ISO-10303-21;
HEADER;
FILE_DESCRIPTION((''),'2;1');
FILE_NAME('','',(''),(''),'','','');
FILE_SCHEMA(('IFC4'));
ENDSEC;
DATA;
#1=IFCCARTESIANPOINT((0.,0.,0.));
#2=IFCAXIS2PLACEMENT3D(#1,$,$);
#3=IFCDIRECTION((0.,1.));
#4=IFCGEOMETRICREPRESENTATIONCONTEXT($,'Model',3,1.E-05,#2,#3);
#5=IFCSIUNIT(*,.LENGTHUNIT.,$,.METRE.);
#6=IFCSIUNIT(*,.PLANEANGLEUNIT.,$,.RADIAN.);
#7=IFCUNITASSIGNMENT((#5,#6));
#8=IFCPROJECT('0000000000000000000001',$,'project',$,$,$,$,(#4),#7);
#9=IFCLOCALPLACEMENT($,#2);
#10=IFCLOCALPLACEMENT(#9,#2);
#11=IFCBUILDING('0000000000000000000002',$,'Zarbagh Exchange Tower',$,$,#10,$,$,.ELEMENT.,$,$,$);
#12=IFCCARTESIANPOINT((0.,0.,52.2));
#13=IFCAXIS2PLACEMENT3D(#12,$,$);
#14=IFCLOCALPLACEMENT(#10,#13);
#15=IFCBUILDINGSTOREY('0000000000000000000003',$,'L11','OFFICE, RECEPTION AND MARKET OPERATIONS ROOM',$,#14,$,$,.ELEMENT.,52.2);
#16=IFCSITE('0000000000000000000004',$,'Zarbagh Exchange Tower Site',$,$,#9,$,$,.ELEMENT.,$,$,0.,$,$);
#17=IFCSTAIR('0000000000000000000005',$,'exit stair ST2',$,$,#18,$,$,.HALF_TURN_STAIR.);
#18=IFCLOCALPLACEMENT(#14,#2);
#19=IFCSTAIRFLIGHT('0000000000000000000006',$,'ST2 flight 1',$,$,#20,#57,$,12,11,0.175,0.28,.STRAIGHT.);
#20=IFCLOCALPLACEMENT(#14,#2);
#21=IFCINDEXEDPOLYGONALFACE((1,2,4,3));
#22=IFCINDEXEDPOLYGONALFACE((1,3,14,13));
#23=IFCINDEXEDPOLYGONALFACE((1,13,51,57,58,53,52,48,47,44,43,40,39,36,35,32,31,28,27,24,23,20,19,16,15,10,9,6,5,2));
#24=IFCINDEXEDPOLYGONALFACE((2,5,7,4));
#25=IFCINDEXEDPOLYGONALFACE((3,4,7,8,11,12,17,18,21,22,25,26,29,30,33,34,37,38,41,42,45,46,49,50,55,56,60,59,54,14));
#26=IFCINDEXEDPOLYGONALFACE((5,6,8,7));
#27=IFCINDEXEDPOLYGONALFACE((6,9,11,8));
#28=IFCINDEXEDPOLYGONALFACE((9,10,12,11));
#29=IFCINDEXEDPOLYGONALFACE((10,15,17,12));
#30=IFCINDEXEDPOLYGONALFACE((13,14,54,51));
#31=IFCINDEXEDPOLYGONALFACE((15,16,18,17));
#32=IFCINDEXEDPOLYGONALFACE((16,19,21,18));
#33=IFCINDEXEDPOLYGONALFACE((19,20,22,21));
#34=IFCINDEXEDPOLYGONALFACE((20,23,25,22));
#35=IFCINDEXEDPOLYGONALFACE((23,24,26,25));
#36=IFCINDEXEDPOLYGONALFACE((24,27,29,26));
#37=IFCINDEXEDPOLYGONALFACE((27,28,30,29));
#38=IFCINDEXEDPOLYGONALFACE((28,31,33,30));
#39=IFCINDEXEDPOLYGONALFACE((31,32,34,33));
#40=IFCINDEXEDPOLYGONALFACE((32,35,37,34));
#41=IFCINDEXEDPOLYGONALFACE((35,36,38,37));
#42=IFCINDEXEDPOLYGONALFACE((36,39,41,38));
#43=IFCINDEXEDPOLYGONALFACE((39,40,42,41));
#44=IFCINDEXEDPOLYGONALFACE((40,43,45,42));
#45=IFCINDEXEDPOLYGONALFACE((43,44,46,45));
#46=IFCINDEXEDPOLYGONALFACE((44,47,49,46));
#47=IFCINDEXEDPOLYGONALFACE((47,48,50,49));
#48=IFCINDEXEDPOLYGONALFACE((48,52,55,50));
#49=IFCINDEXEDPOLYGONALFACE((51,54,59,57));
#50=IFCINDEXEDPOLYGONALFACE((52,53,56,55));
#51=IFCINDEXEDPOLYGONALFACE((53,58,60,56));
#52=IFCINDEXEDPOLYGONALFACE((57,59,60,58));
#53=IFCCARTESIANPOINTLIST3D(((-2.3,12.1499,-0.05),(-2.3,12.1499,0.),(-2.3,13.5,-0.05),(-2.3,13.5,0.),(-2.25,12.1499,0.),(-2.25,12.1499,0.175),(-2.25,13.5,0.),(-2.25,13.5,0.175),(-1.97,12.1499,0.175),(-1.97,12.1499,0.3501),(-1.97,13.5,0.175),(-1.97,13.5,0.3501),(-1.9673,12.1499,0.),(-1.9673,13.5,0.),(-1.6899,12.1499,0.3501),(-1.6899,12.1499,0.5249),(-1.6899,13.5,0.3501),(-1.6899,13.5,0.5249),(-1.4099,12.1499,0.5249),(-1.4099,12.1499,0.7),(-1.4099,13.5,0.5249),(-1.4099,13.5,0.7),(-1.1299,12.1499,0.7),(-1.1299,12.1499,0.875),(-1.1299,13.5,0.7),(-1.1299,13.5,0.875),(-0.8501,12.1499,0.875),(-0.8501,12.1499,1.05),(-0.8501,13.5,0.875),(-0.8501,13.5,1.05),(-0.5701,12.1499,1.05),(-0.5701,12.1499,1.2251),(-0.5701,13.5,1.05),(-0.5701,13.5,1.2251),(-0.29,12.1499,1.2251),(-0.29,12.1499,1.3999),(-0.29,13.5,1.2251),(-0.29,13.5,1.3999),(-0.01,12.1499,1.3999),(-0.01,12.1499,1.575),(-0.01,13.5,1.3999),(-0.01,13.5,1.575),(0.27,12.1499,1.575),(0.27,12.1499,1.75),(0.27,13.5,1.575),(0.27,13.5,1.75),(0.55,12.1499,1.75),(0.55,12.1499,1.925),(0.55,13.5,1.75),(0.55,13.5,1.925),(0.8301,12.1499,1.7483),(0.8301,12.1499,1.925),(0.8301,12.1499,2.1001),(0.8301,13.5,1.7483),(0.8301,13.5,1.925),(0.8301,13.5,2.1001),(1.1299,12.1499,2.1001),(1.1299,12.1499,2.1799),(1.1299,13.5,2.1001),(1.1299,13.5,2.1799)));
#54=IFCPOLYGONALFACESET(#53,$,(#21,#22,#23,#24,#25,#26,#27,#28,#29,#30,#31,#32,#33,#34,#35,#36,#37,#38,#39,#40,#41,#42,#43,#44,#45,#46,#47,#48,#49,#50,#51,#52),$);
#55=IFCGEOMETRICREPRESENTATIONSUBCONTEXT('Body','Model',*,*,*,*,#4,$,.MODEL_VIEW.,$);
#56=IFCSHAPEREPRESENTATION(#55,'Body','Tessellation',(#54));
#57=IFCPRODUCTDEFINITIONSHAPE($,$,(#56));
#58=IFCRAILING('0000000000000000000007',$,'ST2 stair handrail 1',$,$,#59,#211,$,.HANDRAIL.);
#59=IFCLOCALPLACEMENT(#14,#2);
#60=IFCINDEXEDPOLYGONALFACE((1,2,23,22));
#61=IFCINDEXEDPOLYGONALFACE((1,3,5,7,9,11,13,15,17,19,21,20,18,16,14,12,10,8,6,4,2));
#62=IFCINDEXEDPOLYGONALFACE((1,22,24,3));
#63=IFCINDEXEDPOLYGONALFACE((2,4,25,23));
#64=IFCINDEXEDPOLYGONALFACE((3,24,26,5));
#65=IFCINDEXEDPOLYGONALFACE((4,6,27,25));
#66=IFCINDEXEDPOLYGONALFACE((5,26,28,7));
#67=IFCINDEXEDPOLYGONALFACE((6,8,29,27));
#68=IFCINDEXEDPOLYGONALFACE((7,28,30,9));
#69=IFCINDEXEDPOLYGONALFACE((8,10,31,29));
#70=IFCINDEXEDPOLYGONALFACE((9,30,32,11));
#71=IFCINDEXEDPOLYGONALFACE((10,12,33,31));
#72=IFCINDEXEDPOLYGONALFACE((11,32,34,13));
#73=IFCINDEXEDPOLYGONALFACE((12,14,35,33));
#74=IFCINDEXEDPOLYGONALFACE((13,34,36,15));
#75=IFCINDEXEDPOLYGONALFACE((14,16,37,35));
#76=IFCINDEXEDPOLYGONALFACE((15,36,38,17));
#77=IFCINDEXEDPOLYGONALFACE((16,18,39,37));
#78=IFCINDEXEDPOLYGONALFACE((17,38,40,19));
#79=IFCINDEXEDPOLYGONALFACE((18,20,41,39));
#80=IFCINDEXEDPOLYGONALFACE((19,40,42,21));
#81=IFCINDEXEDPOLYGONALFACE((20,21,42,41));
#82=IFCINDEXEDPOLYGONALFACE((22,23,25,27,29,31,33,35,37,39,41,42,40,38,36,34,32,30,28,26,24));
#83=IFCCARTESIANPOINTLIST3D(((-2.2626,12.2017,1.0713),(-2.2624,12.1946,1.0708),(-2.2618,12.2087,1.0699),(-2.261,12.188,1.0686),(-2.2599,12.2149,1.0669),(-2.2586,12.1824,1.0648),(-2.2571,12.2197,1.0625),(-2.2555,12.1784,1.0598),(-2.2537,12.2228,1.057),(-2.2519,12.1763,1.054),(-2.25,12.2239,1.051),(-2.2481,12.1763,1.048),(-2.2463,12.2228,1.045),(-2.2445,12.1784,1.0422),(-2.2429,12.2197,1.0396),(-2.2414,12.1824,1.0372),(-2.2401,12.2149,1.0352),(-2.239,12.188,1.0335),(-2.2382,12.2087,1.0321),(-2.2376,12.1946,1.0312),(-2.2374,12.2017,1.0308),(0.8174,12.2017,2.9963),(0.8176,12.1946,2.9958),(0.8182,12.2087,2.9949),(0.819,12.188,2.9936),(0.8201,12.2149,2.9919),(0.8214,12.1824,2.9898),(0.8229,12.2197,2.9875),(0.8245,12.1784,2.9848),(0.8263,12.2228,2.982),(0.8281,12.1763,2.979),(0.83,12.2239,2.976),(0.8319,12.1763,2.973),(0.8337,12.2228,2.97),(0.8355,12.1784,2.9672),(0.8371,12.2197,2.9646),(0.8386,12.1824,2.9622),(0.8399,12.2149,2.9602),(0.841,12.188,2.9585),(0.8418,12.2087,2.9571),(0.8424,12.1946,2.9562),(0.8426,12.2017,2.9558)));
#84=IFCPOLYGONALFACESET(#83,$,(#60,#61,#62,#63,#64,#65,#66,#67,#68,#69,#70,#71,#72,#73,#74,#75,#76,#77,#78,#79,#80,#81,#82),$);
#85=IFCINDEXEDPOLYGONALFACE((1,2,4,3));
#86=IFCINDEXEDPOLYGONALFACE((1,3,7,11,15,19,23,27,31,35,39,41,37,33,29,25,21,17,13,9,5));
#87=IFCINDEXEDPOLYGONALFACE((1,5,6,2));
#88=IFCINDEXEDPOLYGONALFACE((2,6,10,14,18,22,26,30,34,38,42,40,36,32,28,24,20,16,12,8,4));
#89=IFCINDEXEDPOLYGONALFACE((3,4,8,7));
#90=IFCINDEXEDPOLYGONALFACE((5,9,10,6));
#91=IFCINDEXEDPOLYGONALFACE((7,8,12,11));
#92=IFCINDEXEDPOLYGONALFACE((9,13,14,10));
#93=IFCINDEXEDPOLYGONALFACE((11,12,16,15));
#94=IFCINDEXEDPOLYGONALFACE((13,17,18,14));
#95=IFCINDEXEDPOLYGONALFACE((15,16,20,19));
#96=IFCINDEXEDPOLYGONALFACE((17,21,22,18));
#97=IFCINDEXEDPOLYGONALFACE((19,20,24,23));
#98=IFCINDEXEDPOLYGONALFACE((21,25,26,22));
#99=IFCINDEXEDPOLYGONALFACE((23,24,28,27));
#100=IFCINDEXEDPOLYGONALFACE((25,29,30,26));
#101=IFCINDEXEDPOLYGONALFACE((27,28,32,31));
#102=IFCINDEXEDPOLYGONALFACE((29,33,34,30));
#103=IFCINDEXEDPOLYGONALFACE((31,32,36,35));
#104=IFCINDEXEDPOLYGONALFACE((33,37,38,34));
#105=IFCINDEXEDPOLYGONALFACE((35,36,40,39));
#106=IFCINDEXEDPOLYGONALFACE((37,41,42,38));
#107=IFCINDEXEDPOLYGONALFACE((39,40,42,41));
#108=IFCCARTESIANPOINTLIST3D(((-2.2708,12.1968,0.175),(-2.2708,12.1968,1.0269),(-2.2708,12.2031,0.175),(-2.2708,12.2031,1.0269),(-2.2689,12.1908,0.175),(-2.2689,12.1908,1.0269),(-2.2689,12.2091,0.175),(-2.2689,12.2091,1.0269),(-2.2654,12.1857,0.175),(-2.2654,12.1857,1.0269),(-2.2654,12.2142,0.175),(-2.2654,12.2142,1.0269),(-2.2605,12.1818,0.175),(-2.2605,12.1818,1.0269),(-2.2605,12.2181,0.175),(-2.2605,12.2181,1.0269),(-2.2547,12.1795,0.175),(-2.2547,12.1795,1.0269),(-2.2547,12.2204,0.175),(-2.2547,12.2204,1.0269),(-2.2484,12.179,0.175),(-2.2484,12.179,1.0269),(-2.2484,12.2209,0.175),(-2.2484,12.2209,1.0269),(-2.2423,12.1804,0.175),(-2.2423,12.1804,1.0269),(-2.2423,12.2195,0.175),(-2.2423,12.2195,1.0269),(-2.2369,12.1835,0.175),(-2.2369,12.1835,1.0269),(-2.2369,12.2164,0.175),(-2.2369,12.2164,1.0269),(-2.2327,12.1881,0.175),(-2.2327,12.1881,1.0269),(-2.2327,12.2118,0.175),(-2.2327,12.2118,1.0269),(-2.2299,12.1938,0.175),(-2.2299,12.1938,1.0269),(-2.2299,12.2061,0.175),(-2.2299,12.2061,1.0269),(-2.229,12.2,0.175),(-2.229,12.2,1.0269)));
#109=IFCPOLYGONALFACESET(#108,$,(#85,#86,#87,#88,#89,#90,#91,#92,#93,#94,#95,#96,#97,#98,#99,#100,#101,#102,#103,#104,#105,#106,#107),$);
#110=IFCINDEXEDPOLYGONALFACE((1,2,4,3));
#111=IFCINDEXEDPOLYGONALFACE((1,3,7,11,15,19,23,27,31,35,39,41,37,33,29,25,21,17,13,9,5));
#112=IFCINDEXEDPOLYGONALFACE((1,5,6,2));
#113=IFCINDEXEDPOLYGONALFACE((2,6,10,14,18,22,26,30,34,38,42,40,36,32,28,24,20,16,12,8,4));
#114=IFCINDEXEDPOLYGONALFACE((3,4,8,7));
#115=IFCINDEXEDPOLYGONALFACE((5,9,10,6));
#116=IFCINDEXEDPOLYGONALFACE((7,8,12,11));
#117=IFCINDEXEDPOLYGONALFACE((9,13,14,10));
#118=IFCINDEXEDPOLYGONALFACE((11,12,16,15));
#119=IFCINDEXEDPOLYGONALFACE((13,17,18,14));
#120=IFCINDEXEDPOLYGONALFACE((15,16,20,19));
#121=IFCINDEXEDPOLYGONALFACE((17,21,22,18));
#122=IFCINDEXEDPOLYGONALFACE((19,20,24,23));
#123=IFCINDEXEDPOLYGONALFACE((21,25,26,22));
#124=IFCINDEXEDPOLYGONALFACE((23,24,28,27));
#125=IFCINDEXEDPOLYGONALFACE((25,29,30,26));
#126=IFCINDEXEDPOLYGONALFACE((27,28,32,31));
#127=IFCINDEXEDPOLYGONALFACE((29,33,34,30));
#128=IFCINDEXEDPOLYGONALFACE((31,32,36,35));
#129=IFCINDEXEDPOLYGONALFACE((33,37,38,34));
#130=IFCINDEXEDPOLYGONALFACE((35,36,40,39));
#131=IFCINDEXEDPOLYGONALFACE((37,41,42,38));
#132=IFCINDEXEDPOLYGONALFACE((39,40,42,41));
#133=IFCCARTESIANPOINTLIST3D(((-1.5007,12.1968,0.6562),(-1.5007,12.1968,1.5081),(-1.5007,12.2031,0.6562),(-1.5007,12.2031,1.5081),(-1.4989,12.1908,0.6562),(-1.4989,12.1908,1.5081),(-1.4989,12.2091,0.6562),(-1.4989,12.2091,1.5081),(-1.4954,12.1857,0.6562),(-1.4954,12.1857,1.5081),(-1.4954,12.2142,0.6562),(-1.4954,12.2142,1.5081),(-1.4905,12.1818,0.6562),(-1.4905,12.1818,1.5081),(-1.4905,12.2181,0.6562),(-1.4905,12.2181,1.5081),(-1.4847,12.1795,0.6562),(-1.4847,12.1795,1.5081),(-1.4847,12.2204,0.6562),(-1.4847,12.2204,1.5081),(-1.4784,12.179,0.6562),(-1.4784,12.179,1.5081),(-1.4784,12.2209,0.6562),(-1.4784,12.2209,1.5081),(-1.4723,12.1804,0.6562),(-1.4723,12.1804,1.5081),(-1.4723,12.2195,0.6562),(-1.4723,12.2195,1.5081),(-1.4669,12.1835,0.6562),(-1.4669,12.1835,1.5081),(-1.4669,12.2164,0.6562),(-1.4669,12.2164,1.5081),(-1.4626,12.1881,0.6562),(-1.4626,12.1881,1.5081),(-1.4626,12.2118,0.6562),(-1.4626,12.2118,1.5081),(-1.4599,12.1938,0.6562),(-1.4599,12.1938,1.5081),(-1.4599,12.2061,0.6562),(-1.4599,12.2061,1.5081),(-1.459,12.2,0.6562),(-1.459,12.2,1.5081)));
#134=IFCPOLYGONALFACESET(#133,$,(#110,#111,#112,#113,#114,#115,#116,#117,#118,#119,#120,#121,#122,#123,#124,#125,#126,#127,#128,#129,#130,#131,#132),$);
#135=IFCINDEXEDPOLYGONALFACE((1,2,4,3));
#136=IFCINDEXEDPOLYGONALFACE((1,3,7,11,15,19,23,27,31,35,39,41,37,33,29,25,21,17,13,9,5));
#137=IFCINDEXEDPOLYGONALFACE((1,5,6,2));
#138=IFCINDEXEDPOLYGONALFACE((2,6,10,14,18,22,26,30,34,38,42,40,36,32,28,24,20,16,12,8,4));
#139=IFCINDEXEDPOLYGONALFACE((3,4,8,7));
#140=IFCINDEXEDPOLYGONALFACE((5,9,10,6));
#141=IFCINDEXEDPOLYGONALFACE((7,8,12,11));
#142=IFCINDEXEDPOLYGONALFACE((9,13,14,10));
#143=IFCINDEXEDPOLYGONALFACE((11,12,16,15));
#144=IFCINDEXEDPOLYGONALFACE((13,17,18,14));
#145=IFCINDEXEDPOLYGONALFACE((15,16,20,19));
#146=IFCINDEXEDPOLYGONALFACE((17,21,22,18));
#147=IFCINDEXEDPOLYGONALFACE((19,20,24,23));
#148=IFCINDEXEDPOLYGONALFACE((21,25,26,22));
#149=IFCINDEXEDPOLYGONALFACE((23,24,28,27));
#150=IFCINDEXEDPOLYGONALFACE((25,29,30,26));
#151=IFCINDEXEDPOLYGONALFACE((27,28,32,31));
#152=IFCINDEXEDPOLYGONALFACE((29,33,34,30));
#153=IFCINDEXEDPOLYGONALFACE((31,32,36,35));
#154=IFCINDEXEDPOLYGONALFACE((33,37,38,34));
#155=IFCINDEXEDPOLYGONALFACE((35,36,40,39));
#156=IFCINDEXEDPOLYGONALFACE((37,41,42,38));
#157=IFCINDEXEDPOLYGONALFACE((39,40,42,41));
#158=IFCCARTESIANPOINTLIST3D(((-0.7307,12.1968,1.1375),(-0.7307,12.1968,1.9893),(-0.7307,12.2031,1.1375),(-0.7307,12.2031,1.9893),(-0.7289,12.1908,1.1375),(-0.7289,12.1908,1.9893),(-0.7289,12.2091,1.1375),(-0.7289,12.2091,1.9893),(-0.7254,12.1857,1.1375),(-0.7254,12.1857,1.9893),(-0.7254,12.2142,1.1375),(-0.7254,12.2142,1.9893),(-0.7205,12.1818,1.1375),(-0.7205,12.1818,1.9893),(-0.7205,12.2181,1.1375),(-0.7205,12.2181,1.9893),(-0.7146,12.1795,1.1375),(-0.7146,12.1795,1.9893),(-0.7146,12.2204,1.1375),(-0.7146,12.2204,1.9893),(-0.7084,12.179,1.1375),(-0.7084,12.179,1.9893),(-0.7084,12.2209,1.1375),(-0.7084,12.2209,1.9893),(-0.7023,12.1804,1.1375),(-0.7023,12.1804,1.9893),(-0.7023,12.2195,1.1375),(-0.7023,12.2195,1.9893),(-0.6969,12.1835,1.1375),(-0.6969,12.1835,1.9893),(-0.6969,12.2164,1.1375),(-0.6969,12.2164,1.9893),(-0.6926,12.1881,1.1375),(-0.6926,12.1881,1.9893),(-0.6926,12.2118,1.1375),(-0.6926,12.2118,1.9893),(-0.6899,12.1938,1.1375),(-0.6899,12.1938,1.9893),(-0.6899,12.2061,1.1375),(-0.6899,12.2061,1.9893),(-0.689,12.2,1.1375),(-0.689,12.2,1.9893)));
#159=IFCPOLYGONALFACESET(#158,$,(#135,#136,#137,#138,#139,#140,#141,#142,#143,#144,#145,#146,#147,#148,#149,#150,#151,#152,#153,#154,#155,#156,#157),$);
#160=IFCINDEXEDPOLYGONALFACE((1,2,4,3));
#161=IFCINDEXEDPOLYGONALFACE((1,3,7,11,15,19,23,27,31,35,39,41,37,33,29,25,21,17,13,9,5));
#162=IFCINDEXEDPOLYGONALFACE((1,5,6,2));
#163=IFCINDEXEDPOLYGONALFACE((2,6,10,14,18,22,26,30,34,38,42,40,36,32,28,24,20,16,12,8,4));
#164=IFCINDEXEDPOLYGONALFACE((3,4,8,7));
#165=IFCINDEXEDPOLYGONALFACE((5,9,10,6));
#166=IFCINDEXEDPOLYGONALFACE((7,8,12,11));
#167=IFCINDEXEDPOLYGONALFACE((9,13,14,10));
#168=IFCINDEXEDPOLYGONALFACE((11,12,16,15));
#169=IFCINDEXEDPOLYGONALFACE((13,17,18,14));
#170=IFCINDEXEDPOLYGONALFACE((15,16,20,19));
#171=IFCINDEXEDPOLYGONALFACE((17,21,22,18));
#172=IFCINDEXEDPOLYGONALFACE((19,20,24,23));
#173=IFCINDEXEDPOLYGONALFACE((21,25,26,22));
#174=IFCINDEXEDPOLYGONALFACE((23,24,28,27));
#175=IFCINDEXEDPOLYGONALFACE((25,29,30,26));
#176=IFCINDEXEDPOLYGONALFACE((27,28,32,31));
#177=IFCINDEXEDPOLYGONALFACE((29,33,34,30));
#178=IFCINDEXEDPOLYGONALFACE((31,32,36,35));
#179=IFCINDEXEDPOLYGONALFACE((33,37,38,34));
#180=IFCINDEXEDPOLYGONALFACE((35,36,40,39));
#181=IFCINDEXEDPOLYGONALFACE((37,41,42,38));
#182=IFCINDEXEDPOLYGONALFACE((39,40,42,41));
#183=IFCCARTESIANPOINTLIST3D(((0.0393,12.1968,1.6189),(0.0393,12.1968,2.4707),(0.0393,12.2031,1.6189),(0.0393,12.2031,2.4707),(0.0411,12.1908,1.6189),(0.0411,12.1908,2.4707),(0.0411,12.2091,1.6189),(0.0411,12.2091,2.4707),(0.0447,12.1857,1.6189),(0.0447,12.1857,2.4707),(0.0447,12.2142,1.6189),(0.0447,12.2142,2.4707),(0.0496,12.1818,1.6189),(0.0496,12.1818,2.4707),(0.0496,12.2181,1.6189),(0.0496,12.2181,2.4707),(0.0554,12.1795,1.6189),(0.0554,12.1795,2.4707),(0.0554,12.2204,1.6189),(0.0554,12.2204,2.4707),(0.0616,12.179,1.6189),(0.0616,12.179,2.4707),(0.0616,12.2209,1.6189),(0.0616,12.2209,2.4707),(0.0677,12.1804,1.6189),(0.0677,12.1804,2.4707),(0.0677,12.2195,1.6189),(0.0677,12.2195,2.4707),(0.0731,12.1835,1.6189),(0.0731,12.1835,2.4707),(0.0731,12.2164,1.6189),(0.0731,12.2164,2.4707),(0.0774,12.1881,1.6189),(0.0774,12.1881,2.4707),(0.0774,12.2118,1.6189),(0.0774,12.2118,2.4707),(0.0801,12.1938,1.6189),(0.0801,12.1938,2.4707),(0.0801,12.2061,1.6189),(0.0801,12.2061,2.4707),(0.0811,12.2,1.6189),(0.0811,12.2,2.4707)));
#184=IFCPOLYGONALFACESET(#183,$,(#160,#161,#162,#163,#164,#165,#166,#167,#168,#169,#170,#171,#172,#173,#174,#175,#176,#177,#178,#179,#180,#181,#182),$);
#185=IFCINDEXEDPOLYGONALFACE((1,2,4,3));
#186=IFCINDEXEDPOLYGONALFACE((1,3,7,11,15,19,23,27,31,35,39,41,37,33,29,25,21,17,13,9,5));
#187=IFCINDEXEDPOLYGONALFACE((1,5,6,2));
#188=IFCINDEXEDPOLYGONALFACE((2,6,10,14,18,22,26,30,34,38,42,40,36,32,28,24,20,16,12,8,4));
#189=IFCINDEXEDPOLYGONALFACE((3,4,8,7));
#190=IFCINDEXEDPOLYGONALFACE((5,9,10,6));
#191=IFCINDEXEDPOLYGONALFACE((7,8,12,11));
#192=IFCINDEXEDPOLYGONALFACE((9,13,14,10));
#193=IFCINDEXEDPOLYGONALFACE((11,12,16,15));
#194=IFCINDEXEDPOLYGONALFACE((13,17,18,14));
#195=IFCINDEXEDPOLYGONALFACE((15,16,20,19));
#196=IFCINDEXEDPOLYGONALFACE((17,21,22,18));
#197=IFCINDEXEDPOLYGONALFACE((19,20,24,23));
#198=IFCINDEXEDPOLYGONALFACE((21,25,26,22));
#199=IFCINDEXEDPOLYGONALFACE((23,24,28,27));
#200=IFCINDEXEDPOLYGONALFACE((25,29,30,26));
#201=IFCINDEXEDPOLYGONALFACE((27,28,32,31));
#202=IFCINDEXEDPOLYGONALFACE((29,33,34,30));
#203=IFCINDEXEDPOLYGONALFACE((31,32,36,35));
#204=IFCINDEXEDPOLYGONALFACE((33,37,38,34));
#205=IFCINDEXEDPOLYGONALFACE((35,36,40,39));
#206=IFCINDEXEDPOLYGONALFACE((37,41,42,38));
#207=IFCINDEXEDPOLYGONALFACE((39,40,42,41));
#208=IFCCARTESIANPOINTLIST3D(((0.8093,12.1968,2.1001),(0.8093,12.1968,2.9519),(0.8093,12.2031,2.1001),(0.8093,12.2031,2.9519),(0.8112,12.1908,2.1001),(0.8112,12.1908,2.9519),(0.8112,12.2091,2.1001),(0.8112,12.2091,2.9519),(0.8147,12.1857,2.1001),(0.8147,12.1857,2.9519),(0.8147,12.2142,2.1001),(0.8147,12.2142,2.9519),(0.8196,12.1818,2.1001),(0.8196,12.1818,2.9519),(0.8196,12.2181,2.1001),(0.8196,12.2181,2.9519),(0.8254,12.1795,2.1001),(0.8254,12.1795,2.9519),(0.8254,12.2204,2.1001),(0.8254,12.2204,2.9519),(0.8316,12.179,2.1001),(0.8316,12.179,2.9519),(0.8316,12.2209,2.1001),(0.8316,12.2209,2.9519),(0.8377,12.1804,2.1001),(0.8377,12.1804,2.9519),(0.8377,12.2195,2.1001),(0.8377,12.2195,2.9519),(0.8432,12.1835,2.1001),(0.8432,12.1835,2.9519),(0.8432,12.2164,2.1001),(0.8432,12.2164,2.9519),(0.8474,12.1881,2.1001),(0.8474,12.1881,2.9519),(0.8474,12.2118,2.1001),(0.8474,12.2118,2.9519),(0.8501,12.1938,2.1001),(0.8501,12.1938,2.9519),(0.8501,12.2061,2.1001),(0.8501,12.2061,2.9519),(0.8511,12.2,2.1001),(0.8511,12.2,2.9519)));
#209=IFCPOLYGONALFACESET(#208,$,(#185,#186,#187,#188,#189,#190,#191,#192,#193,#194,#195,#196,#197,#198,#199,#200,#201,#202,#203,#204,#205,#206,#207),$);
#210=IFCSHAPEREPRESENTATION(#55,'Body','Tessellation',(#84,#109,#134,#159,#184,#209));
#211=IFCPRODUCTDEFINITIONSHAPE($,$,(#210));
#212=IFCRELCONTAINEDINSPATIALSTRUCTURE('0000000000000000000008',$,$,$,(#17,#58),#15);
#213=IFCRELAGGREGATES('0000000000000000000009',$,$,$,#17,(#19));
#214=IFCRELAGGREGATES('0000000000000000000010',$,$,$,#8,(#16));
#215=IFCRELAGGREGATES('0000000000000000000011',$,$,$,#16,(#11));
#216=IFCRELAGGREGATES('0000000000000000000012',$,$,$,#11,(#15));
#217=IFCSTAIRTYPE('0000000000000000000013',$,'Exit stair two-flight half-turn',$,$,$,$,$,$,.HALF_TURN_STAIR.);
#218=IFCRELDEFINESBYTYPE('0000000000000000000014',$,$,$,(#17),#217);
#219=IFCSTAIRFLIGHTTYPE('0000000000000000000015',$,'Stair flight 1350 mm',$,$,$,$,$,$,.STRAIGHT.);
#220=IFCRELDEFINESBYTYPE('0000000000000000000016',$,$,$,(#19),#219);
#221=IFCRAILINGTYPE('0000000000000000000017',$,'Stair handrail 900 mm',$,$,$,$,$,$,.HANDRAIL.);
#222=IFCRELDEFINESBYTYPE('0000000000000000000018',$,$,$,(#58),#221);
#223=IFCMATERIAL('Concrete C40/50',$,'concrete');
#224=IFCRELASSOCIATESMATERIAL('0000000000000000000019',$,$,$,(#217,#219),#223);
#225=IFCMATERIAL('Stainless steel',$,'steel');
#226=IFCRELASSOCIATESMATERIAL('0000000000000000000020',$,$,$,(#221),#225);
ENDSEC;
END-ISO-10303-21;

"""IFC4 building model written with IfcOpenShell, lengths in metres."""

from ifc_helpers import new_model, si_unit, direction, frame, origin, origin_2d, place, context, subcontext, project, spatial, polyline, circle, outline, extrude, material, type_object, element, aggregate, save


model = new_model("IFC4")

# Units and contexts
model_context = context("Model", 3, precision=1e-05, world=origin(), true_north=direction((0.0, 1.0)))
body_context = subcontext(model_context, "Body", "Model", "MODEL_VIEW")
ifc_project = project(units=[si_unit("LENGTHUNIT", "METRE"), si_unit("PLANEANGLEUNIT", "RADIAN")], contexts=[model_context])

# Site, building, storey
site_placement = place(None, origin())
site = spatial("IfcSite", under=ifc_project, at=site_placement, Name="Zarbagh Exchange Tower Site", CompositionType="ELEMENT", RefElevation=0.0)
building_placement = place(site_placement, origin())
building = spatial("IfcBuilding", under=site, at=building_placement, Name="Zarbagh Exchange Tower", CompositionType="ELEMENT")
storey_placement = place(building_placement, frame((0.0, 0.0, 52.2)))
storey = spatial("IfcBuildingStorey", under=building, at=storey_placement, Name="L11", Description="OFFICE, RECEPTION AND MARKET OPERATIONS ROOM", CompositionType="ELEMENT", Elevation=52.2)

# Shared definitions
ifc_material_1 = material(Name="Concrete C40/50", Category="concrete")

# Stair, stair flight
stair_type = type_object("IfcStairType", Name="Exit stair two-flight half-turn", PredefinedType="HALF_TURN_STAIR", material=ifc_material_1)
stair_placement = place(storey_placement, origin())
stair = element("IfcStair", 1, at=stair_placement, inside=storey, type_object=stair_type, Name="exit stair ST2", PredefinedType="HALF_TURN_STAIR")
stair_flight_type = type_object("IfcStairFlightType", Name="Stair flight 1350 mm", PredefinedType="STRAIGHT", material=ifc_material_1)
stair_flight_placement = place(storey_placement, frame((-2.25, 12.825, 0.0), z_axis=(0.0, 0.0, 1.0), x_axis=(1.0, 0.0, 0.0)))
stair_flight = element("IfcStairFlight", 2, at=stair_flight_placement, type_object=stair_flight_type, Name="ST2 flight 1", NumberOfRisers=12, NumberOfTreads=11, PredefinedType="STRAIGHT", RiserHeight=0.175, TreadLength=0.28, context=body_context, shape_type="SweptSolid", body=[
    extrude(outline(polyline([(-0.05, -0.05), (-0.05, 0.0), (0.0, 0.0), (0.0, 0.175), (0.28, 0.175), (0.28, 0.3501), (0.5601, 0.3501), (0.5601, 0.5249), (0.8401, 0.5249), (0.8401, 0.7), (1.1201, 0.7), (1.1201, 0.875), (1.3999, 0.875), (1.3999, 1.05), (1.6799, 1.05), (1.6799, 1.2251), (1.96, 1.2251), (1.96, 1.3999), (2.24, 1.3999), (2.24, 1.575), (2.52, 1.575), (2.52, 1.75), (2.8, 1.75), (2.8, 1.925), (3.0801, 1.925), (3.0801, 2.1001), (3.3799, 2.1799), (3.3799, 2.1001), (3.0801, 1.7483), (0.2827, 0.0), (-0.05, -0.05)])), frame((0.0, 0.675, 0.0), z_axis=(0.0, -1.0, 0.0), x_axis=(1.0, 0.0, 0.0)), (0.0, 0.0, 1.0), 1.3501),
])
aggregate(stair, [stair_flight])

# Railing
ifc_material_2 = material(Name="Stainless steel", Category="steel")
railing_type = type_object("IfcRailingType", Name="Stair handrail 900 mm", PredefinedType="HANDRAIL", material=ifc_material_2)
railing_placement = place(storey_placement, frame((-2.25, 12.2, 0.175)))
element("IfcRailing", 3, at=railing_placement, inside=storey, type_object=railing_type, Name="ST2 stair handrail 1", PredefinedType="HANDRAIL", context=body_context, shape_type="SweptSolid", body=[
    extrude(circle(Radius=0.0239, at=origin_2d()), frame((0.0, 0.0, 0.876), z_axis=(0.847998, 0.0, 0.529999), x_axis=(0.0, 1.0, 0.0)), (0.0, 0.0, 1.0), 3.6321),
    extrude(circle(Radius=0.021, at=origin_2d()), origin(), (0.0, 0.0, 1.0), 0.8518),
    extrude(circle(Radius=0.021, at=origin_2d()), frame((0.77, 0.0, 0.4812)), (0.0, 0.0, 1.0), 0.8518),
    extrude(circle(Radius=0.021, at=origin_2d()), frame((1.54, 0.0, 0.9624)), (0.0, 0.0, 1.0), 0.8518),
    extrude(circle(Radius=0.021, at=origin_2d()), frame((2.3101, 0.0, 1.4438)), (0.0, 0.0, 1.0), 0.8518),
    extrude(circle(Radius=0.021, at=origin_2d()), frame((3.0801, 0.0, 1.925)), (0.0, 0.0, 1.0), 0.8518),
])

save(model, "model.ifc")
